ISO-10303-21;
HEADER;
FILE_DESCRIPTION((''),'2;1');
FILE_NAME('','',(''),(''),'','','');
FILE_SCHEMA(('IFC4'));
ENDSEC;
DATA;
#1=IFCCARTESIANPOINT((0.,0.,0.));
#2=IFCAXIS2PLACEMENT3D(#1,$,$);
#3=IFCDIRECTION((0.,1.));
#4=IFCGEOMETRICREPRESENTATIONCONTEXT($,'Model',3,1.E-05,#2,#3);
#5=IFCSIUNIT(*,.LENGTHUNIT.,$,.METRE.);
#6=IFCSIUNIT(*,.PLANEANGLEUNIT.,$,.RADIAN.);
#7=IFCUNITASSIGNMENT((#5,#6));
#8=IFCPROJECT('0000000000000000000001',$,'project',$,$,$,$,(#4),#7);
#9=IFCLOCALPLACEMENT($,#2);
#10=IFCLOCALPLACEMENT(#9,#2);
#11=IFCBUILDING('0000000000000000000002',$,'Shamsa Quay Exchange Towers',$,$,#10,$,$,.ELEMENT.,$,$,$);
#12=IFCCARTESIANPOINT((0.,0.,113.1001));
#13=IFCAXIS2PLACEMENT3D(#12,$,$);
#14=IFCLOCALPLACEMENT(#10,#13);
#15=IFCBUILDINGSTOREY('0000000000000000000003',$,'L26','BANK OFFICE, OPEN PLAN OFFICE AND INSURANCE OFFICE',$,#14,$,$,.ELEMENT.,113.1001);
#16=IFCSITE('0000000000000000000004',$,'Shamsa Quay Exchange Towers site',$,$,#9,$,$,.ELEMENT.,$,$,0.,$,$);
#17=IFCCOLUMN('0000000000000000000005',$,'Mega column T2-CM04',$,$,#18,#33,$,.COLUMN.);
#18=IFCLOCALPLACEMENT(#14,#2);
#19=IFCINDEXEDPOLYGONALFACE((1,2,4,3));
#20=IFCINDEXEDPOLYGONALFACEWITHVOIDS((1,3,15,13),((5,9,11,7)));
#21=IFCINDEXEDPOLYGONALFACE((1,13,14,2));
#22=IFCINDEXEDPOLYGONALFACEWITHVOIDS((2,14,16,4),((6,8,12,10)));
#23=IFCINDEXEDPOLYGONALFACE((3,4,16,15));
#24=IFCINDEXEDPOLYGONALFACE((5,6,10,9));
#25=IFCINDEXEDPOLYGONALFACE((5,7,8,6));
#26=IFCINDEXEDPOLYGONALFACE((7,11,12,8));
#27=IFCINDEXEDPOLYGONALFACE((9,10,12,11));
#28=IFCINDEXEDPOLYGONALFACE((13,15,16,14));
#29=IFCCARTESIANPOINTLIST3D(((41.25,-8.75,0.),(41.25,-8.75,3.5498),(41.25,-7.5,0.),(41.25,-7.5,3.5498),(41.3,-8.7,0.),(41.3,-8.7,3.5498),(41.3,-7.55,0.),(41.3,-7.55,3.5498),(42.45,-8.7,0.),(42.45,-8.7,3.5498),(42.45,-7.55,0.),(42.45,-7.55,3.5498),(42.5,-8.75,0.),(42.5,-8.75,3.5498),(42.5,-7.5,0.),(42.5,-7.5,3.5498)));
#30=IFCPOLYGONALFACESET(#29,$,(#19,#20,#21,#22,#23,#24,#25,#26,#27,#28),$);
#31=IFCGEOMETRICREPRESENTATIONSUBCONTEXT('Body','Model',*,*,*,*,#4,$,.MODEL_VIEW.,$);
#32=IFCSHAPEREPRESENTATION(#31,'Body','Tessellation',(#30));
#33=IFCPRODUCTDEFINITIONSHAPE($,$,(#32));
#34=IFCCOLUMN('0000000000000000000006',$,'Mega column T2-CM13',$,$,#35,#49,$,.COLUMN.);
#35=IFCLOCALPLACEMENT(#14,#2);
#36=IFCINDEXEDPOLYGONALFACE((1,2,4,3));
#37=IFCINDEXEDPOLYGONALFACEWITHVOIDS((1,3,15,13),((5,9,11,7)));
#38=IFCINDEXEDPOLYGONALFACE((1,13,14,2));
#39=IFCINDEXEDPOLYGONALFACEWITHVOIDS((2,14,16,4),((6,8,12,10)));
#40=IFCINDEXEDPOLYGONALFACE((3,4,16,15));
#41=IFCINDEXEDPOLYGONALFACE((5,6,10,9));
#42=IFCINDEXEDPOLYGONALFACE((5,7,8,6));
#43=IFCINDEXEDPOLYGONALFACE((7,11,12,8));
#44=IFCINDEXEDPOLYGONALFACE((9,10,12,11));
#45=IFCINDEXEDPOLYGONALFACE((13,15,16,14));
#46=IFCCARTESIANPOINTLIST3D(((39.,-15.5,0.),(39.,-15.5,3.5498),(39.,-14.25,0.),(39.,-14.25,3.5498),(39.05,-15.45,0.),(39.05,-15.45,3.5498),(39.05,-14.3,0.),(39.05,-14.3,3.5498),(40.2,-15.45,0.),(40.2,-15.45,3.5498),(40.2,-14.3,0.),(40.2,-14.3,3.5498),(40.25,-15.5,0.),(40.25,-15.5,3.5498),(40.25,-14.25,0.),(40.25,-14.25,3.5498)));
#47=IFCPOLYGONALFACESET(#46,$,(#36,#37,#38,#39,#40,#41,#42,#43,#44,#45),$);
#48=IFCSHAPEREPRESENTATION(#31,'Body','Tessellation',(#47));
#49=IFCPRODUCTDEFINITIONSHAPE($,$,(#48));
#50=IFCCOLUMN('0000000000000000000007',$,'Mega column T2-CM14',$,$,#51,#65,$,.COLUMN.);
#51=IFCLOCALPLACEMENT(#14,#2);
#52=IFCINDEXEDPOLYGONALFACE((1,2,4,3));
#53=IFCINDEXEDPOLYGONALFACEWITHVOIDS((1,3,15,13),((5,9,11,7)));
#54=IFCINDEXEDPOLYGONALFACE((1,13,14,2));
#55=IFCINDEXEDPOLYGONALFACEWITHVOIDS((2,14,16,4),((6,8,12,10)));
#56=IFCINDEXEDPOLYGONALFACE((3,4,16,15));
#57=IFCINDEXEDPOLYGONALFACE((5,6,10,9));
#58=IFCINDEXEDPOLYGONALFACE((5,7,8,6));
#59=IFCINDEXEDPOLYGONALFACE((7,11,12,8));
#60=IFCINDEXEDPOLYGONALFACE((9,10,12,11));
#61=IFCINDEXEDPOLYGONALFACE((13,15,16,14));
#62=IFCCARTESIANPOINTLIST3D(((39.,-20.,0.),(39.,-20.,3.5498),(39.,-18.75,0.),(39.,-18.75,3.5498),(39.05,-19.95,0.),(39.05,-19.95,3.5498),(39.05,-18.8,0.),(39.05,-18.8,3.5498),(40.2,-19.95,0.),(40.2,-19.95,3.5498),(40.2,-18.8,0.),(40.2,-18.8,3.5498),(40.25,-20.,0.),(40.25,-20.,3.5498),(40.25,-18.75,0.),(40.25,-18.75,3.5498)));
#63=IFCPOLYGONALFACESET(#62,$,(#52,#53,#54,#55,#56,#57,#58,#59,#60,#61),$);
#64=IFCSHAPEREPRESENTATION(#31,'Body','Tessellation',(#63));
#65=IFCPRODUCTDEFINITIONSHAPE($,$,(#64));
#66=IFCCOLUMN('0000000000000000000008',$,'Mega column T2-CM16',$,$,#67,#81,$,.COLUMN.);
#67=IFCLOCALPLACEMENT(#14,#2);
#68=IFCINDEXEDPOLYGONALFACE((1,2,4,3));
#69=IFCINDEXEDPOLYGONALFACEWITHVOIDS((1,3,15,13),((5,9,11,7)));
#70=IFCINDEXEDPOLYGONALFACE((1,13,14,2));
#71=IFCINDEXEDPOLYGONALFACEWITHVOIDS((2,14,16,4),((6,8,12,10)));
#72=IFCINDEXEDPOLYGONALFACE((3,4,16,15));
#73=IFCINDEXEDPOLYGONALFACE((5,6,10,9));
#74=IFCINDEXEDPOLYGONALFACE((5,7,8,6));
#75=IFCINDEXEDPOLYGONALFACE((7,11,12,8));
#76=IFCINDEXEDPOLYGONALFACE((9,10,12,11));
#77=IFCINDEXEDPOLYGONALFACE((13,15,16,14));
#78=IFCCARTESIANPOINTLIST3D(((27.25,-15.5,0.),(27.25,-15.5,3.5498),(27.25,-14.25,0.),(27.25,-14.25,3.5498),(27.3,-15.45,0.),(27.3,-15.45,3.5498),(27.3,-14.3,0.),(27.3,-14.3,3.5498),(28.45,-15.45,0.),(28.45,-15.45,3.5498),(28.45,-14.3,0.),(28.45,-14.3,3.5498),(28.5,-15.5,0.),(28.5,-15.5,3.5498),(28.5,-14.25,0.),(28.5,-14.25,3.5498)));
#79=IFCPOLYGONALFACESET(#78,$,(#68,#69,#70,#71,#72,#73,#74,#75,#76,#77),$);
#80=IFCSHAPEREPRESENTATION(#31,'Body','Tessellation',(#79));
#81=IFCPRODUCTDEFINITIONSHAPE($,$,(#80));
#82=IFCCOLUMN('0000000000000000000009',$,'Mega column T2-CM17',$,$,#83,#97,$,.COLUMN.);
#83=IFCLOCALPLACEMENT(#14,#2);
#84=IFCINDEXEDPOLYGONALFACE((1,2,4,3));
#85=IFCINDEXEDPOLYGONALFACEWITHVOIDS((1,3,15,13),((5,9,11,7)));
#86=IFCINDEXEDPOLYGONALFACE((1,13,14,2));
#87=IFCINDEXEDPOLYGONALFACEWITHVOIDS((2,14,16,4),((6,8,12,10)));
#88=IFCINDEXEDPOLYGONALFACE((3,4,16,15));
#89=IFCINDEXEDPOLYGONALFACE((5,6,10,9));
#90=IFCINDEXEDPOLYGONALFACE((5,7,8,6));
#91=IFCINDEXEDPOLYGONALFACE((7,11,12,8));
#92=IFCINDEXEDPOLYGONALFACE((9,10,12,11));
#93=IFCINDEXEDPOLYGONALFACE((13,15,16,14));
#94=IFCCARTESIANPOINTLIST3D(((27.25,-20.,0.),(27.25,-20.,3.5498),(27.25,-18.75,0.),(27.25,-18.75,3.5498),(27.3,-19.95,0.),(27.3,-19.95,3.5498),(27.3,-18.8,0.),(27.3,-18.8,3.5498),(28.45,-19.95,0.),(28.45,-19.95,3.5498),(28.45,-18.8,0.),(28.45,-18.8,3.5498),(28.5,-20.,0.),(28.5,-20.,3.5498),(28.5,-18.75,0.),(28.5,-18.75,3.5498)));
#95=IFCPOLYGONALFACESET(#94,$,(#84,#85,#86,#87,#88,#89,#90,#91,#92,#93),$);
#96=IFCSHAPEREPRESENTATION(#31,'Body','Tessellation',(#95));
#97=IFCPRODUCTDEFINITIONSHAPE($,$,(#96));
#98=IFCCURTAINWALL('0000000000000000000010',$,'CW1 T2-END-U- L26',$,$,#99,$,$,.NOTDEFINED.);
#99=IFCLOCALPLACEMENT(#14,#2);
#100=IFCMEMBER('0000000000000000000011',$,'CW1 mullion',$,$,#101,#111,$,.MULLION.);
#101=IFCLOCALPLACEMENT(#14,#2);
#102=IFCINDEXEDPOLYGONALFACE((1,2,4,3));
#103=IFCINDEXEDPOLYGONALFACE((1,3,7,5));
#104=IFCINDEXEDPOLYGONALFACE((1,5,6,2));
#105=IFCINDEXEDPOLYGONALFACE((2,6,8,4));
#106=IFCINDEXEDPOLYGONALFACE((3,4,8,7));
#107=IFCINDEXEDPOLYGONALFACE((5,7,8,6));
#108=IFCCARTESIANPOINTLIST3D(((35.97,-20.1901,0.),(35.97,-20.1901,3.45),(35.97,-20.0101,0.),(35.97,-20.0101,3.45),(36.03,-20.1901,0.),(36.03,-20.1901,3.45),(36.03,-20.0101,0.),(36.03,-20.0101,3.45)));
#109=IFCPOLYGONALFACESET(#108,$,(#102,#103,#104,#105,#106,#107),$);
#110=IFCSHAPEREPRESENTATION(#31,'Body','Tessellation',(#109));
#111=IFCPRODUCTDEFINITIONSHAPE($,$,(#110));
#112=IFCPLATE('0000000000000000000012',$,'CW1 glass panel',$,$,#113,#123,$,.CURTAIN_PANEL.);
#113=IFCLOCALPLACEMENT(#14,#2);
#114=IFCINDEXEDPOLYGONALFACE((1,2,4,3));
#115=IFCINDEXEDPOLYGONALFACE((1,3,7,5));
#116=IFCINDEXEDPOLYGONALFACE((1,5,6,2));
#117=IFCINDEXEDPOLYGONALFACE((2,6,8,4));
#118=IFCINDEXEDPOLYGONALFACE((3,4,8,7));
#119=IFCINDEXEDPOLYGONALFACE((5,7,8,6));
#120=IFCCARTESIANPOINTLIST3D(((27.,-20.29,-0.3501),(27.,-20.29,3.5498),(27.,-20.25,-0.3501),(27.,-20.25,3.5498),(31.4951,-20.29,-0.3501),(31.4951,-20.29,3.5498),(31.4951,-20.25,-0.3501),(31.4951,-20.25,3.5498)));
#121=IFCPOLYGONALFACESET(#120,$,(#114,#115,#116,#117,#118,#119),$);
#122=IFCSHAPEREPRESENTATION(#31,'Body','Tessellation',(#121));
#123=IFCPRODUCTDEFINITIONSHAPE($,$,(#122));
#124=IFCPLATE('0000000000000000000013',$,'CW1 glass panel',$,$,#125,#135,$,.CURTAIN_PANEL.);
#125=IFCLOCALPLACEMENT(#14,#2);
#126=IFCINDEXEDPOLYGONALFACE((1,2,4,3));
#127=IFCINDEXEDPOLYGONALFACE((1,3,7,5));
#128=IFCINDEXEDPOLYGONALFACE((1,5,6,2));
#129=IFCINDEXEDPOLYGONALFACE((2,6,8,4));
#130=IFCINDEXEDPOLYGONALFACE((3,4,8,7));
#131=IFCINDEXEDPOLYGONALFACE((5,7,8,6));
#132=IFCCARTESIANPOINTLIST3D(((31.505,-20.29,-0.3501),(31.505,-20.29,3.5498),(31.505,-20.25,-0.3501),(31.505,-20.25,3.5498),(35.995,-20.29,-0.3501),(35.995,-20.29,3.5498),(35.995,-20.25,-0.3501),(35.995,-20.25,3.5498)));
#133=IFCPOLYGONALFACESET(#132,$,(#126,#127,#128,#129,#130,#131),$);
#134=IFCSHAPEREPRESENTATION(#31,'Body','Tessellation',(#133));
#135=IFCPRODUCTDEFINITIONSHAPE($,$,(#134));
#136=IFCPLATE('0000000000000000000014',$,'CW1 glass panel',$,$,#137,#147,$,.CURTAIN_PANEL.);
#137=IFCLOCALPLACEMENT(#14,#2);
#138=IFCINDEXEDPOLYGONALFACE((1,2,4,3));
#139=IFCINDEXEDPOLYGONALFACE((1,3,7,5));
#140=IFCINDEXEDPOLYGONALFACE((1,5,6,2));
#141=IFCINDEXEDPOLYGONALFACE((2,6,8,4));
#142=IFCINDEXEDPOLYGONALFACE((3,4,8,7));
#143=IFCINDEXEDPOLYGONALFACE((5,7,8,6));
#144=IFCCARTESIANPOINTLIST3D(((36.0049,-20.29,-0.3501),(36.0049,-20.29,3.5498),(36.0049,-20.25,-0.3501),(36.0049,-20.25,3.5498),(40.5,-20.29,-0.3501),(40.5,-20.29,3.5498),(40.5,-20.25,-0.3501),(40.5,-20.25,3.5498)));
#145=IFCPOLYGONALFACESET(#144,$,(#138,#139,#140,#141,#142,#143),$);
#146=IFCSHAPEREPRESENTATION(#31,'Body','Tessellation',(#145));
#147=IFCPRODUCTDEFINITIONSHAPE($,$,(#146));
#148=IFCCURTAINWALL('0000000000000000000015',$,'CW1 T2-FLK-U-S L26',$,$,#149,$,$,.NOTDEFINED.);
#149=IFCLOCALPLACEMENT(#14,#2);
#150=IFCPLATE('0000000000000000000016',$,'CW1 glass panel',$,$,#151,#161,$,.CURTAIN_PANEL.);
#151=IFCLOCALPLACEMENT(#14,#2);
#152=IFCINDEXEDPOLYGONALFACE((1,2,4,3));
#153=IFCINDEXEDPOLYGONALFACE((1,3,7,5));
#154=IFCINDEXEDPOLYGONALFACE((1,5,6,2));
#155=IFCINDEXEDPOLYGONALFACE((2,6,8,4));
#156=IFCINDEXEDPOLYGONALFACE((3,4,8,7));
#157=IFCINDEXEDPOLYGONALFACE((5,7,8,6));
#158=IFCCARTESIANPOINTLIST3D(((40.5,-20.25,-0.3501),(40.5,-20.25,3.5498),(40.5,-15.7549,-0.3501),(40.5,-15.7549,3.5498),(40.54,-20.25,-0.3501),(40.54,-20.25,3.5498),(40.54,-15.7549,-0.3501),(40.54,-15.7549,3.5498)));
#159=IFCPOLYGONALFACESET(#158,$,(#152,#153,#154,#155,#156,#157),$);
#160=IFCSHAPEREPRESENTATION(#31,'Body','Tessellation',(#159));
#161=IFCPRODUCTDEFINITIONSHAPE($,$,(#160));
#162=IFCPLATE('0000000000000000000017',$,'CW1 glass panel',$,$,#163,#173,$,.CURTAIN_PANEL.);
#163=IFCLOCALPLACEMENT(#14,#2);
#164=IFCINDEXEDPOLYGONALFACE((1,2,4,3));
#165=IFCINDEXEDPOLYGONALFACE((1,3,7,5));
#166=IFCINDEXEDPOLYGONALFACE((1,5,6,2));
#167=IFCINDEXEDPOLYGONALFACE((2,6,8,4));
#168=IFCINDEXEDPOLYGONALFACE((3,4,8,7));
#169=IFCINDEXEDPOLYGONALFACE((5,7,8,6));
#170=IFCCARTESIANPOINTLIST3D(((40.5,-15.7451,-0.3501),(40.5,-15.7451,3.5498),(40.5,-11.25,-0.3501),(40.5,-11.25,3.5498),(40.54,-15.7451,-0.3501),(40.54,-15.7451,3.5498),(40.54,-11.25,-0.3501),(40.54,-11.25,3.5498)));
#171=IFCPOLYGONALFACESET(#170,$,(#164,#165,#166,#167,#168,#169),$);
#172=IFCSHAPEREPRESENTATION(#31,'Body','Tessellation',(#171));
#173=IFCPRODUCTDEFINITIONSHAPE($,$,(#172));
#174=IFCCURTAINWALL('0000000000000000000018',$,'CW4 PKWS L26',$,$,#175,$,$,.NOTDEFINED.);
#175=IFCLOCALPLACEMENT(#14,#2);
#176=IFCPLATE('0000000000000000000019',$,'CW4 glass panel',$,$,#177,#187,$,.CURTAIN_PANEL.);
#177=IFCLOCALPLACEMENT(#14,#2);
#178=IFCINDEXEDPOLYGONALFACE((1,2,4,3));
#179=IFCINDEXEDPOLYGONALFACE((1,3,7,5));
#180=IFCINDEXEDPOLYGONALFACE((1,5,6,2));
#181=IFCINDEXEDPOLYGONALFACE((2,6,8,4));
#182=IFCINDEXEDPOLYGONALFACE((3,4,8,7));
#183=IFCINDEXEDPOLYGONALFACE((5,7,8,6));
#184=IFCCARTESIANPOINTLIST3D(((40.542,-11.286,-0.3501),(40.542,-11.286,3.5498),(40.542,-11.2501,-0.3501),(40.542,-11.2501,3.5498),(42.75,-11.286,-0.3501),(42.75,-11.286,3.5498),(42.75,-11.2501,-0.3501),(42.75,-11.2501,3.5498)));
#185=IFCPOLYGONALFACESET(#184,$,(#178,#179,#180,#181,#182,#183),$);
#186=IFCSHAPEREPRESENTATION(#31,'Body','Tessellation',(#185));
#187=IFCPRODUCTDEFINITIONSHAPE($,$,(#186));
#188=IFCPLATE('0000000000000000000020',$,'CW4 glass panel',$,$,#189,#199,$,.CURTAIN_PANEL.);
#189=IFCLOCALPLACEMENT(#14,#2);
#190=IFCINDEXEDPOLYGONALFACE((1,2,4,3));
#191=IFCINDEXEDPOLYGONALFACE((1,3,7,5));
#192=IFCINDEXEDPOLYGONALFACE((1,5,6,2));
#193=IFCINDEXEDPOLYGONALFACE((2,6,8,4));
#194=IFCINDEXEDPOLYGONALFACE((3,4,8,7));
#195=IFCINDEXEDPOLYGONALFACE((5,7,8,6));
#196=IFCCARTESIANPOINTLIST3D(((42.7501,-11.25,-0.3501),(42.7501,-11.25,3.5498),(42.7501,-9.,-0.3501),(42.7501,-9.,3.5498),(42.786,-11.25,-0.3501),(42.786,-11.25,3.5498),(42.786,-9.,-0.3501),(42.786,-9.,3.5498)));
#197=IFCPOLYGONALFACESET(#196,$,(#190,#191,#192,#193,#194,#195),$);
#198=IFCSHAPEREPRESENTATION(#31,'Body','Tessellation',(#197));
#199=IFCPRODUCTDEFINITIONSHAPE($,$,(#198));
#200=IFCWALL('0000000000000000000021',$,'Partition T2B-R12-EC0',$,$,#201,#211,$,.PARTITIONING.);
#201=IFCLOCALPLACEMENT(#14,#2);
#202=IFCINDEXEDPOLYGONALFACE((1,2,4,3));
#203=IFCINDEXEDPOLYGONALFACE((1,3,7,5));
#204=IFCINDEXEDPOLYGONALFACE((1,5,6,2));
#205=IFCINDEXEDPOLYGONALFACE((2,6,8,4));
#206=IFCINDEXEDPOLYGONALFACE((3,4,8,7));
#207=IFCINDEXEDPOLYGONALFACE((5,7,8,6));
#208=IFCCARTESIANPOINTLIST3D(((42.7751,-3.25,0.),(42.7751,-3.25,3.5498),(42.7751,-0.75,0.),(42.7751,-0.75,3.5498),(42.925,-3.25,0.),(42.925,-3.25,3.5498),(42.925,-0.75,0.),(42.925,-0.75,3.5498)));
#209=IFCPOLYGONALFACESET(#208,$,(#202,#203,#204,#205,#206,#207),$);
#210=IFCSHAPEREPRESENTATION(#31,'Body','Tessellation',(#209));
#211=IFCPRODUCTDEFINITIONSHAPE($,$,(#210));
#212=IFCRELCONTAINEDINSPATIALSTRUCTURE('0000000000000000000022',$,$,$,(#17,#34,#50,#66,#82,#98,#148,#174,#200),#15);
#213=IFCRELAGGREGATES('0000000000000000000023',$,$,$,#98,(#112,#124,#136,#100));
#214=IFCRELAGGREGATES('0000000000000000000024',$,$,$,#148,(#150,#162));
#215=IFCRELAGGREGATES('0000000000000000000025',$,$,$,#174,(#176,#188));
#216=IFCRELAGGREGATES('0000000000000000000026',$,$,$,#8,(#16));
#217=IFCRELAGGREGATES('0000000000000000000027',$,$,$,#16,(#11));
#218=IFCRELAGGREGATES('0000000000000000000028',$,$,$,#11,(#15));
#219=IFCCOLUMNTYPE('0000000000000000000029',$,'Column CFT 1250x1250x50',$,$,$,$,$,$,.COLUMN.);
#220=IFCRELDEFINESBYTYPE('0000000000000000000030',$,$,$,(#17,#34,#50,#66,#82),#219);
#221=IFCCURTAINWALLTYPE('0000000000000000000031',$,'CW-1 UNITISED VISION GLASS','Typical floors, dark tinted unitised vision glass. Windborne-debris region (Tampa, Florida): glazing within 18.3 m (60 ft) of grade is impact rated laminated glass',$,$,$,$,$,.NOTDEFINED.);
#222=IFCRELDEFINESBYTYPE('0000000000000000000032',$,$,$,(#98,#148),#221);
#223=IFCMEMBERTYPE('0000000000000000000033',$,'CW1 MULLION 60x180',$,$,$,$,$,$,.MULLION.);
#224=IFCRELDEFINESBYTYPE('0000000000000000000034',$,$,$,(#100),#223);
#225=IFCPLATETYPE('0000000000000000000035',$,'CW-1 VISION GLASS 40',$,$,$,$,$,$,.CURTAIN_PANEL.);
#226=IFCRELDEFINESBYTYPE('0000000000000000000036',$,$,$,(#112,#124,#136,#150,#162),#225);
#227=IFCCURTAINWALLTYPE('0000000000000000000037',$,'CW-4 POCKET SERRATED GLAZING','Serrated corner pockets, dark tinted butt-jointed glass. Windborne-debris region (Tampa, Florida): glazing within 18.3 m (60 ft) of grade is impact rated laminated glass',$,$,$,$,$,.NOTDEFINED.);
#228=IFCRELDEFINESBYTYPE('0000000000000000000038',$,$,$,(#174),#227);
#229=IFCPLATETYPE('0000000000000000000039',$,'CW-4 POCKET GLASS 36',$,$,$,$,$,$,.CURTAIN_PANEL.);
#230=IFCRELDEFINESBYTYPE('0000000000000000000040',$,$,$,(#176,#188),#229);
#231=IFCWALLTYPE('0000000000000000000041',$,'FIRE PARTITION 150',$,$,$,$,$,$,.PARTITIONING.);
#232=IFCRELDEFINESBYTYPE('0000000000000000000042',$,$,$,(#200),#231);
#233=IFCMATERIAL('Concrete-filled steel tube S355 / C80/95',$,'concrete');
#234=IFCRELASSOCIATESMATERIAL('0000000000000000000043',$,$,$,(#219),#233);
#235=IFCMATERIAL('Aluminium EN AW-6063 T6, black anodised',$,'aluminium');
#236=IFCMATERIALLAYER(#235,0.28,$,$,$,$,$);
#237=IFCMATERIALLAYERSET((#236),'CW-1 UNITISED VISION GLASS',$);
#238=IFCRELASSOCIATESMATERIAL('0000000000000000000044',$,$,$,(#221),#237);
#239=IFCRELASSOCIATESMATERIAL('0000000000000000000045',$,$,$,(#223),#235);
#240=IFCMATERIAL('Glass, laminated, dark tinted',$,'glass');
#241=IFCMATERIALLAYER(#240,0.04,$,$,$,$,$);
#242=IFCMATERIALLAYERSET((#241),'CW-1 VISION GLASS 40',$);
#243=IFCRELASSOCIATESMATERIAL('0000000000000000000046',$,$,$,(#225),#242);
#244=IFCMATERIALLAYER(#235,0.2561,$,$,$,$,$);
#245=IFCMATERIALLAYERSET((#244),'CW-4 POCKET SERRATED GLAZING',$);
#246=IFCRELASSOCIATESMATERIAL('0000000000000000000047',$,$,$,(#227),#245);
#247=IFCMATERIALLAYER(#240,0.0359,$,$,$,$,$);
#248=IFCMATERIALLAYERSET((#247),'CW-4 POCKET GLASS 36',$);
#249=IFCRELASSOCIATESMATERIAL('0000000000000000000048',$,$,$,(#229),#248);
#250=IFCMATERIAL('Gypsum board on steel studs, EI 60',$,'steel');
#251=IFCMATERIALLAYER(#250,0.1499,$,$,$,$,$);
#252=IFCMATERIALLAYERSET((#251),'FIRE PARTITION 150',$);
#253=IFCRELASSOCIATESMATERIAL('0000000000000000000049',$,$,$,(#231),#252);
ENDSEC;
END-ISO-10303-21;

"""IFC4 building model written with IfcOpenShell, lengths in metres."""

from ifc_helpers import new_model, si_unit, direction, frame, frame_2d, origin, origin_2d, place, context, subcontext, project, spatial, rectangle, hollow_rectangle, extrude, material, layer, layer_set, material_profile, profile_set, type_object, element, aggregate, save


model = new_model("IFC4")

# Units and contexts
model_context = context("Model", 3, precision=1e-05, world=origin(), true_north=direction((0.0, 1.0)))
body_context = subcontext(model_context, "Body", "Model", "MODEL_VIEW")
ifc_project = project(units=[si_unit("LENGTHUNIT", "METRE"), si_unit("PLANEANGLEUNIT", "RADIAN")], contexts=[model_context])

# Site, building, storey
site_placement = place(None, origin())
site = spatial("IfcSite", under=ifc_project, at=site_placement, Name="Shamsa Quay Exchange Towers site", CompositionType="ELEMENT", RefElevation=0.0)
building_placement = place(site_placement, origin())
building = spatial("IfcBuilding", under=site, at=building_placement, Name="Shamsa Quay Exchange Towers", CompositionType="ELEMENT")
storey_placement = place(building_placement, frame((0.0, 0.0, 113.1001)))
storey = spatial("IfcBuildingStorey", under=building, at=storey_placement, Name="L26", Description="BANK OFFICE, OPEN PLAN OFFICE AND INSURANCE OFFICE", CompositionType="ELEMENT", Elevation=113.1001)

# Columns
ifc_material_1 = material(Name="Concrete-filled steel tube S355 / C80/95", Category="concrete")
ifc_material_profile_1 = material_profile(ifc_material_1, hollow_rectangle(XDim=1.25, YDim=1.25, WallThickness=0.05, at=origin_2d()), Name="CFT 1250x1250x50")
ifc_profile_set_1 = profile_set([ifc_material_profile_1], Name="Concrete-filled steel tube S355 / C80/95")
column_type = type_object("IfcColumnType", Name="Column CFT 1250x1250x50", PredefinedType="COLUMN", material=ifc_profile_set_1)
for number, where, name in (
    (1, (41.875, -8.125, 0.0), "Mega column T2-CM04"),
    (2, (39.625, -14.875, 0.0), "Mega column T2-CM13"),
    (3, (39.625, -19.375, 0.0), "Mega column T2-CM14"),
    (4, (27.875, -14.875, 0.0), "Mega column T2-CM16"),
    (5, (27.875, -19.375, 0.0), "Mega column T2-CM17"),
):
    element("IfcColumn", number, at=place(storey_placement, frame(where)), inside=storey, type_object=column_type, Name=name, PredefinedType="COLUMN", context=body_context, shape_type="SweptSolid", body=[
        extrude(hollow_rectangle(XDim=1.25, YDim=1.25, WallThickness=0.05, at=origin_2d()), origin(), (0.0, 0.0, 1.0), 3.5498),
    ])

# Curtain wall, member, plates
ifc_material_2 = material(Name="Aluminium EN AW-6063 T6, black anodised", Category="aluminium")
ifc_layer_1 = layer(ifc_material_2, 0.28)
ifc_layer_set_1 = layer_set([ifc_layer_1], Name="CW-1 UNITISED VISION GLASS")
curtain_wall_type_1 = type_object("IfcCurtainWallType", Name="CW-1 UNITISED VISION GLASS", Description="Typical floors, dark tinted unitised vision glass. Windborne-debris region (Tampa, Florida): glazing within 18.3 m (60 ft) of grade is impact rated laminated glass", PredefinedType="NOTDEFINED", material=ifc_layer_set_1)
curtain_wall_1_placement = place(storey_placement, origin())
curtain_wall_1 = element("IfcCurtainWall", 6, at=curtain_wall_1_placement, inside=storey, type_object=curtain_wall_type_1, Name="CW1 T2-END-U- L26", PredefinedType="NOTDEFINED")
ifc_material_profile_2 = material_profile(ifc_material_2, rectangle(XDim=0.1799, YDim=0.0601, at=origin_2d()), Name="MU60x180")
ifc_profile_set_2 = profile_set([ifc_material_profile_2], Name="Aluminium EN AW-6063 T6, black anodised")
member_type = type_object("IfcMemberType", Name="CW1 MULLION 60x180", PredefinedType="MULLION", material=ifc_profile_set_2)
member_placement = place(storey_placement, frame((36.0, -20.1001, 0.0), z_axis=(0.0, 0.0, 1.0), x_axis=(0.0, 1.0, 0.0)))
member = element("IfcMember", 7, at=member_placement, type_object=member_type, Name="CW1 mullion", PredefinedType="MULLION", context=body_context, shape_type="SweptSolid", body=[
    extrude(rectangle(XDim=0.1799, YDim=0.0601, at=origin_2d()), origin(), (0.0, 0.0, 1.0), 3.45),
])
ifc_material_3 = material(Name="Glass, laminated, dark tinted", Category="glass")
ifc_layer_2 = layer(ifc_material_3, 0.04)
ifc_layer_set_2 = layer_set([ifc_layer_2], Name="CW-1 VISION GLASS 40")
plate_type_1 = type_object("IfcPlateType", Name="CW-1 VISION GLASS 40", PredefinedType="CURTAIN_PANEL", material=ifc_layer_set_2)
plate_1_placement = place(storey_placement, frame((29.2476, -20.27, -0.3501)))
plate_1 = element("IfcPlate", 8, at=plate_1_placement, type_object=plate_type_1, Name="CW1 glass panel", PredefinedType="CURTAIN_PANEL", context=body_context, shape_type="SweptSolid", body=[
    extrude(rectangle(XDim=4.4951, YDim=0.04, at=origin_2d()), origin(), (0.0, 0.0, 1.0), 3.8999),
])
plate_2_placement = place(storey_placement, frame((33.75, -20.27, -0.3501)))
plate_2 = element("IfcPlate", 9, at=plate_2_placement, type_object=plate_type_1, Name="CW1 glass panel", PredefinedType="CURTAIN_PANEL", context=body_context, shape_type="SweptSolid", body=[
    extrude(rectangle(XDim=4.49, YDim=0.04, at=origin_2d()), origin(), (0.0, 0.0, 1.0), 3.8999),
])
plate_3_placement = place(storey_placement, frame((38.2524, -20.27, -0.3501)))
plate_3 = element("IfcPlate", 10, at=plate_3_placement, type_object=plate_type_1, Name="CW1 glass panel", PredefinedType="CURTAIN_PANEL", context=body_context, shape_type="SweptSolid", body=[
    extrude(rectangle(XDim=4.4951, YDim=0.04, at=origin_2d()), origin(), (0.0, 0.0, 1.0), 3.8999),
])
aggregate(curtain_wall_1, [plate_1, plate_2, plate_3, member])

# Curtain walls, plates
curtain_wall_2_placement = place(storey_placement, origin())
curtain_wall_2 = element("IfcCurtainWall", 11, at=curtain_wall_2_placement, inside=storey, type_object=curtain_wall_type_1, Name="CW1 T2-FLK-U-S L26", PredefinedType="NOTDEFINED")
plate_4_placement = place(storey_placement, frame((40.52, -18.0024, -0.3501), z_axis=(0.0, 0.0, 1.0), x_axis=(0.0, 1.0, 0.0)))
plate_4 = element("IfcPlate", 12, at=plate_4_placement, type_object=plate_type_1, Name="CW1 glass panel", PredefinedType="CURTAIN_PANEL", context=body_context, shape_type="SweptSolid", body=[
    extrude(rectangle(XDim=4.4951, YDim=0.04, at=origin_2d()), origin(), (0.0, 0.0, 1.0), 3.8999),
])
plate_5_placement = place(storey_placement, frame((40.52, -13.4976, -0.3501), z_axis=(0.0, 0.0, 1.0), x_axis=(0.0, 1.0, 0.0)))
plate_5 = element("IfcPlate", 13, at=plate_5_placement, type_object=plate_type_1, Name="CW1 glass panel", PredefinedType="CURTAIN_PANEL", context=body_context, shape_type="SweptSolid", body=[
    extrude(rectangle(XDim=4.4951, YDim=0.04, at=origin_2d()), origin(), (0.0, 0.0, 1.0), 3.8999),
])
aggregate(curtain_wall_2, [plate_4, plate_5])
ifc_layer_3 = layer(ifc_material_2, 0.2561)
ifc_layer_set_3 = layer_set([ifc_layer_3], Name="CW-4 POCKET SERRATED GLAZING")
curtain_wall_type_2 = type_object("IfcCurtainWallType", Name="CW-4 POCKET SERRATED GLAZING", Description="Serrated corner pockets, dark tinted butt-jointed glass. Windborne-debris region (Tampa, Florida): glazing within 18.3 m (60 ft) of grade is impact rated laminated glass", PredefinedType="NOTDEFINED", material=ifc_layer_set_3)
curtain_wall_3_placement = place(storey_placement, origin())
curtain_wall_3 = element("IfcCurtainWall", 14, at=curtain_wall_3_placement, inside=storey, type_object=curtain_wall_type_2, Name="CW4 PKWS L26", PredefinedType="NOTDEFINED")
ifc_layer_4 = layer(ifc_material_3, 0.0359)
ifc_layer_set_4 = layer_set([ifc_layer_4], Name="CW-4 POCKET GLASS 36")
plate_type_2 = type_object("IfcPlateType", Name="CW-4 POCKET GLASS 36", PredefinedType="CURTAIN_PANEL", material=ifc_layer_set_4)
plate_6_placement = place(storey_placement, frame((41.646, -11.2681, -0.3501)))
plate_6 = element("IfcPlate", 15, at=plate_6_placement, type_object=plate_type_2, Name="CW4 glass panel", PredefinedType="CURTAIN_PANEL", context=body_context, shape_type="SweptSolid", body=[
    extrude(rectangle(XDim=2.208, YDim=0.0359, at=origin_2d()), origin(), (0.0, 0.0, 1.0), 3.8999),
])
plate_7_placement = place(storey_placement, frame((42.7681, -10.125, -0.3501), z_axis=(0.0, 0.0, 1.0), x_axis=(0.0, 1.0, 0.0)))
plate_7 = element("IfcPlate", 16, at=plate_7_placement, type_object=plate_type_2, Name="CW4 glass panel", PredefinedType="CURTAIN_PANEL", context=body_context, shape_type="SweptSolid", body=[
    extrude(rectangle(XDim=2.25, YDim=0.0359, at=origin_2d()), origin(), (0.0, 0.0, 1.0), 3.8999),
])
aggregate(curtain_wall_3, [plate_6, plate_7])

# Wall
ifc_material_4 = material(Name="Gypsum board on steel studs, EI 60", Category="steel")
ifc_layer_5 = layer(ifc_material_4, 0.1499)
ifc_layer_set_5 = layer_set([ifc_layer_5], Name="FIRE PARTITION 150")
wall_type_1 = type_object("IfcWallType", Name="FIRE PARTITION 150", PredefinedType="PARTITIONING", material=ifc_layer_set_5)
wall_1_placement = place(storey_placement, frame((42.8501, -3.25, 0.0), z_axis=(0.0, 0.0, 1.0), x_axis=(0.0, 1.0, 0.0)))
element("IfcWall", 17, at=wall_1_placement, inside=storey, type_object=wall_type_1, Name="Partition T2B-R12-EC0", PredefinedType="PARTITIONING", context=body_context, shape_type="SweptSolid", body=[
    extrude(rectangle(XDim=2.5, YDim=0.1499, at=frame_2d((1.25, 0.0))), origin(), (0.0, 0.0, 1.0), 3.5498),
])

save(model, "model.ifc")
